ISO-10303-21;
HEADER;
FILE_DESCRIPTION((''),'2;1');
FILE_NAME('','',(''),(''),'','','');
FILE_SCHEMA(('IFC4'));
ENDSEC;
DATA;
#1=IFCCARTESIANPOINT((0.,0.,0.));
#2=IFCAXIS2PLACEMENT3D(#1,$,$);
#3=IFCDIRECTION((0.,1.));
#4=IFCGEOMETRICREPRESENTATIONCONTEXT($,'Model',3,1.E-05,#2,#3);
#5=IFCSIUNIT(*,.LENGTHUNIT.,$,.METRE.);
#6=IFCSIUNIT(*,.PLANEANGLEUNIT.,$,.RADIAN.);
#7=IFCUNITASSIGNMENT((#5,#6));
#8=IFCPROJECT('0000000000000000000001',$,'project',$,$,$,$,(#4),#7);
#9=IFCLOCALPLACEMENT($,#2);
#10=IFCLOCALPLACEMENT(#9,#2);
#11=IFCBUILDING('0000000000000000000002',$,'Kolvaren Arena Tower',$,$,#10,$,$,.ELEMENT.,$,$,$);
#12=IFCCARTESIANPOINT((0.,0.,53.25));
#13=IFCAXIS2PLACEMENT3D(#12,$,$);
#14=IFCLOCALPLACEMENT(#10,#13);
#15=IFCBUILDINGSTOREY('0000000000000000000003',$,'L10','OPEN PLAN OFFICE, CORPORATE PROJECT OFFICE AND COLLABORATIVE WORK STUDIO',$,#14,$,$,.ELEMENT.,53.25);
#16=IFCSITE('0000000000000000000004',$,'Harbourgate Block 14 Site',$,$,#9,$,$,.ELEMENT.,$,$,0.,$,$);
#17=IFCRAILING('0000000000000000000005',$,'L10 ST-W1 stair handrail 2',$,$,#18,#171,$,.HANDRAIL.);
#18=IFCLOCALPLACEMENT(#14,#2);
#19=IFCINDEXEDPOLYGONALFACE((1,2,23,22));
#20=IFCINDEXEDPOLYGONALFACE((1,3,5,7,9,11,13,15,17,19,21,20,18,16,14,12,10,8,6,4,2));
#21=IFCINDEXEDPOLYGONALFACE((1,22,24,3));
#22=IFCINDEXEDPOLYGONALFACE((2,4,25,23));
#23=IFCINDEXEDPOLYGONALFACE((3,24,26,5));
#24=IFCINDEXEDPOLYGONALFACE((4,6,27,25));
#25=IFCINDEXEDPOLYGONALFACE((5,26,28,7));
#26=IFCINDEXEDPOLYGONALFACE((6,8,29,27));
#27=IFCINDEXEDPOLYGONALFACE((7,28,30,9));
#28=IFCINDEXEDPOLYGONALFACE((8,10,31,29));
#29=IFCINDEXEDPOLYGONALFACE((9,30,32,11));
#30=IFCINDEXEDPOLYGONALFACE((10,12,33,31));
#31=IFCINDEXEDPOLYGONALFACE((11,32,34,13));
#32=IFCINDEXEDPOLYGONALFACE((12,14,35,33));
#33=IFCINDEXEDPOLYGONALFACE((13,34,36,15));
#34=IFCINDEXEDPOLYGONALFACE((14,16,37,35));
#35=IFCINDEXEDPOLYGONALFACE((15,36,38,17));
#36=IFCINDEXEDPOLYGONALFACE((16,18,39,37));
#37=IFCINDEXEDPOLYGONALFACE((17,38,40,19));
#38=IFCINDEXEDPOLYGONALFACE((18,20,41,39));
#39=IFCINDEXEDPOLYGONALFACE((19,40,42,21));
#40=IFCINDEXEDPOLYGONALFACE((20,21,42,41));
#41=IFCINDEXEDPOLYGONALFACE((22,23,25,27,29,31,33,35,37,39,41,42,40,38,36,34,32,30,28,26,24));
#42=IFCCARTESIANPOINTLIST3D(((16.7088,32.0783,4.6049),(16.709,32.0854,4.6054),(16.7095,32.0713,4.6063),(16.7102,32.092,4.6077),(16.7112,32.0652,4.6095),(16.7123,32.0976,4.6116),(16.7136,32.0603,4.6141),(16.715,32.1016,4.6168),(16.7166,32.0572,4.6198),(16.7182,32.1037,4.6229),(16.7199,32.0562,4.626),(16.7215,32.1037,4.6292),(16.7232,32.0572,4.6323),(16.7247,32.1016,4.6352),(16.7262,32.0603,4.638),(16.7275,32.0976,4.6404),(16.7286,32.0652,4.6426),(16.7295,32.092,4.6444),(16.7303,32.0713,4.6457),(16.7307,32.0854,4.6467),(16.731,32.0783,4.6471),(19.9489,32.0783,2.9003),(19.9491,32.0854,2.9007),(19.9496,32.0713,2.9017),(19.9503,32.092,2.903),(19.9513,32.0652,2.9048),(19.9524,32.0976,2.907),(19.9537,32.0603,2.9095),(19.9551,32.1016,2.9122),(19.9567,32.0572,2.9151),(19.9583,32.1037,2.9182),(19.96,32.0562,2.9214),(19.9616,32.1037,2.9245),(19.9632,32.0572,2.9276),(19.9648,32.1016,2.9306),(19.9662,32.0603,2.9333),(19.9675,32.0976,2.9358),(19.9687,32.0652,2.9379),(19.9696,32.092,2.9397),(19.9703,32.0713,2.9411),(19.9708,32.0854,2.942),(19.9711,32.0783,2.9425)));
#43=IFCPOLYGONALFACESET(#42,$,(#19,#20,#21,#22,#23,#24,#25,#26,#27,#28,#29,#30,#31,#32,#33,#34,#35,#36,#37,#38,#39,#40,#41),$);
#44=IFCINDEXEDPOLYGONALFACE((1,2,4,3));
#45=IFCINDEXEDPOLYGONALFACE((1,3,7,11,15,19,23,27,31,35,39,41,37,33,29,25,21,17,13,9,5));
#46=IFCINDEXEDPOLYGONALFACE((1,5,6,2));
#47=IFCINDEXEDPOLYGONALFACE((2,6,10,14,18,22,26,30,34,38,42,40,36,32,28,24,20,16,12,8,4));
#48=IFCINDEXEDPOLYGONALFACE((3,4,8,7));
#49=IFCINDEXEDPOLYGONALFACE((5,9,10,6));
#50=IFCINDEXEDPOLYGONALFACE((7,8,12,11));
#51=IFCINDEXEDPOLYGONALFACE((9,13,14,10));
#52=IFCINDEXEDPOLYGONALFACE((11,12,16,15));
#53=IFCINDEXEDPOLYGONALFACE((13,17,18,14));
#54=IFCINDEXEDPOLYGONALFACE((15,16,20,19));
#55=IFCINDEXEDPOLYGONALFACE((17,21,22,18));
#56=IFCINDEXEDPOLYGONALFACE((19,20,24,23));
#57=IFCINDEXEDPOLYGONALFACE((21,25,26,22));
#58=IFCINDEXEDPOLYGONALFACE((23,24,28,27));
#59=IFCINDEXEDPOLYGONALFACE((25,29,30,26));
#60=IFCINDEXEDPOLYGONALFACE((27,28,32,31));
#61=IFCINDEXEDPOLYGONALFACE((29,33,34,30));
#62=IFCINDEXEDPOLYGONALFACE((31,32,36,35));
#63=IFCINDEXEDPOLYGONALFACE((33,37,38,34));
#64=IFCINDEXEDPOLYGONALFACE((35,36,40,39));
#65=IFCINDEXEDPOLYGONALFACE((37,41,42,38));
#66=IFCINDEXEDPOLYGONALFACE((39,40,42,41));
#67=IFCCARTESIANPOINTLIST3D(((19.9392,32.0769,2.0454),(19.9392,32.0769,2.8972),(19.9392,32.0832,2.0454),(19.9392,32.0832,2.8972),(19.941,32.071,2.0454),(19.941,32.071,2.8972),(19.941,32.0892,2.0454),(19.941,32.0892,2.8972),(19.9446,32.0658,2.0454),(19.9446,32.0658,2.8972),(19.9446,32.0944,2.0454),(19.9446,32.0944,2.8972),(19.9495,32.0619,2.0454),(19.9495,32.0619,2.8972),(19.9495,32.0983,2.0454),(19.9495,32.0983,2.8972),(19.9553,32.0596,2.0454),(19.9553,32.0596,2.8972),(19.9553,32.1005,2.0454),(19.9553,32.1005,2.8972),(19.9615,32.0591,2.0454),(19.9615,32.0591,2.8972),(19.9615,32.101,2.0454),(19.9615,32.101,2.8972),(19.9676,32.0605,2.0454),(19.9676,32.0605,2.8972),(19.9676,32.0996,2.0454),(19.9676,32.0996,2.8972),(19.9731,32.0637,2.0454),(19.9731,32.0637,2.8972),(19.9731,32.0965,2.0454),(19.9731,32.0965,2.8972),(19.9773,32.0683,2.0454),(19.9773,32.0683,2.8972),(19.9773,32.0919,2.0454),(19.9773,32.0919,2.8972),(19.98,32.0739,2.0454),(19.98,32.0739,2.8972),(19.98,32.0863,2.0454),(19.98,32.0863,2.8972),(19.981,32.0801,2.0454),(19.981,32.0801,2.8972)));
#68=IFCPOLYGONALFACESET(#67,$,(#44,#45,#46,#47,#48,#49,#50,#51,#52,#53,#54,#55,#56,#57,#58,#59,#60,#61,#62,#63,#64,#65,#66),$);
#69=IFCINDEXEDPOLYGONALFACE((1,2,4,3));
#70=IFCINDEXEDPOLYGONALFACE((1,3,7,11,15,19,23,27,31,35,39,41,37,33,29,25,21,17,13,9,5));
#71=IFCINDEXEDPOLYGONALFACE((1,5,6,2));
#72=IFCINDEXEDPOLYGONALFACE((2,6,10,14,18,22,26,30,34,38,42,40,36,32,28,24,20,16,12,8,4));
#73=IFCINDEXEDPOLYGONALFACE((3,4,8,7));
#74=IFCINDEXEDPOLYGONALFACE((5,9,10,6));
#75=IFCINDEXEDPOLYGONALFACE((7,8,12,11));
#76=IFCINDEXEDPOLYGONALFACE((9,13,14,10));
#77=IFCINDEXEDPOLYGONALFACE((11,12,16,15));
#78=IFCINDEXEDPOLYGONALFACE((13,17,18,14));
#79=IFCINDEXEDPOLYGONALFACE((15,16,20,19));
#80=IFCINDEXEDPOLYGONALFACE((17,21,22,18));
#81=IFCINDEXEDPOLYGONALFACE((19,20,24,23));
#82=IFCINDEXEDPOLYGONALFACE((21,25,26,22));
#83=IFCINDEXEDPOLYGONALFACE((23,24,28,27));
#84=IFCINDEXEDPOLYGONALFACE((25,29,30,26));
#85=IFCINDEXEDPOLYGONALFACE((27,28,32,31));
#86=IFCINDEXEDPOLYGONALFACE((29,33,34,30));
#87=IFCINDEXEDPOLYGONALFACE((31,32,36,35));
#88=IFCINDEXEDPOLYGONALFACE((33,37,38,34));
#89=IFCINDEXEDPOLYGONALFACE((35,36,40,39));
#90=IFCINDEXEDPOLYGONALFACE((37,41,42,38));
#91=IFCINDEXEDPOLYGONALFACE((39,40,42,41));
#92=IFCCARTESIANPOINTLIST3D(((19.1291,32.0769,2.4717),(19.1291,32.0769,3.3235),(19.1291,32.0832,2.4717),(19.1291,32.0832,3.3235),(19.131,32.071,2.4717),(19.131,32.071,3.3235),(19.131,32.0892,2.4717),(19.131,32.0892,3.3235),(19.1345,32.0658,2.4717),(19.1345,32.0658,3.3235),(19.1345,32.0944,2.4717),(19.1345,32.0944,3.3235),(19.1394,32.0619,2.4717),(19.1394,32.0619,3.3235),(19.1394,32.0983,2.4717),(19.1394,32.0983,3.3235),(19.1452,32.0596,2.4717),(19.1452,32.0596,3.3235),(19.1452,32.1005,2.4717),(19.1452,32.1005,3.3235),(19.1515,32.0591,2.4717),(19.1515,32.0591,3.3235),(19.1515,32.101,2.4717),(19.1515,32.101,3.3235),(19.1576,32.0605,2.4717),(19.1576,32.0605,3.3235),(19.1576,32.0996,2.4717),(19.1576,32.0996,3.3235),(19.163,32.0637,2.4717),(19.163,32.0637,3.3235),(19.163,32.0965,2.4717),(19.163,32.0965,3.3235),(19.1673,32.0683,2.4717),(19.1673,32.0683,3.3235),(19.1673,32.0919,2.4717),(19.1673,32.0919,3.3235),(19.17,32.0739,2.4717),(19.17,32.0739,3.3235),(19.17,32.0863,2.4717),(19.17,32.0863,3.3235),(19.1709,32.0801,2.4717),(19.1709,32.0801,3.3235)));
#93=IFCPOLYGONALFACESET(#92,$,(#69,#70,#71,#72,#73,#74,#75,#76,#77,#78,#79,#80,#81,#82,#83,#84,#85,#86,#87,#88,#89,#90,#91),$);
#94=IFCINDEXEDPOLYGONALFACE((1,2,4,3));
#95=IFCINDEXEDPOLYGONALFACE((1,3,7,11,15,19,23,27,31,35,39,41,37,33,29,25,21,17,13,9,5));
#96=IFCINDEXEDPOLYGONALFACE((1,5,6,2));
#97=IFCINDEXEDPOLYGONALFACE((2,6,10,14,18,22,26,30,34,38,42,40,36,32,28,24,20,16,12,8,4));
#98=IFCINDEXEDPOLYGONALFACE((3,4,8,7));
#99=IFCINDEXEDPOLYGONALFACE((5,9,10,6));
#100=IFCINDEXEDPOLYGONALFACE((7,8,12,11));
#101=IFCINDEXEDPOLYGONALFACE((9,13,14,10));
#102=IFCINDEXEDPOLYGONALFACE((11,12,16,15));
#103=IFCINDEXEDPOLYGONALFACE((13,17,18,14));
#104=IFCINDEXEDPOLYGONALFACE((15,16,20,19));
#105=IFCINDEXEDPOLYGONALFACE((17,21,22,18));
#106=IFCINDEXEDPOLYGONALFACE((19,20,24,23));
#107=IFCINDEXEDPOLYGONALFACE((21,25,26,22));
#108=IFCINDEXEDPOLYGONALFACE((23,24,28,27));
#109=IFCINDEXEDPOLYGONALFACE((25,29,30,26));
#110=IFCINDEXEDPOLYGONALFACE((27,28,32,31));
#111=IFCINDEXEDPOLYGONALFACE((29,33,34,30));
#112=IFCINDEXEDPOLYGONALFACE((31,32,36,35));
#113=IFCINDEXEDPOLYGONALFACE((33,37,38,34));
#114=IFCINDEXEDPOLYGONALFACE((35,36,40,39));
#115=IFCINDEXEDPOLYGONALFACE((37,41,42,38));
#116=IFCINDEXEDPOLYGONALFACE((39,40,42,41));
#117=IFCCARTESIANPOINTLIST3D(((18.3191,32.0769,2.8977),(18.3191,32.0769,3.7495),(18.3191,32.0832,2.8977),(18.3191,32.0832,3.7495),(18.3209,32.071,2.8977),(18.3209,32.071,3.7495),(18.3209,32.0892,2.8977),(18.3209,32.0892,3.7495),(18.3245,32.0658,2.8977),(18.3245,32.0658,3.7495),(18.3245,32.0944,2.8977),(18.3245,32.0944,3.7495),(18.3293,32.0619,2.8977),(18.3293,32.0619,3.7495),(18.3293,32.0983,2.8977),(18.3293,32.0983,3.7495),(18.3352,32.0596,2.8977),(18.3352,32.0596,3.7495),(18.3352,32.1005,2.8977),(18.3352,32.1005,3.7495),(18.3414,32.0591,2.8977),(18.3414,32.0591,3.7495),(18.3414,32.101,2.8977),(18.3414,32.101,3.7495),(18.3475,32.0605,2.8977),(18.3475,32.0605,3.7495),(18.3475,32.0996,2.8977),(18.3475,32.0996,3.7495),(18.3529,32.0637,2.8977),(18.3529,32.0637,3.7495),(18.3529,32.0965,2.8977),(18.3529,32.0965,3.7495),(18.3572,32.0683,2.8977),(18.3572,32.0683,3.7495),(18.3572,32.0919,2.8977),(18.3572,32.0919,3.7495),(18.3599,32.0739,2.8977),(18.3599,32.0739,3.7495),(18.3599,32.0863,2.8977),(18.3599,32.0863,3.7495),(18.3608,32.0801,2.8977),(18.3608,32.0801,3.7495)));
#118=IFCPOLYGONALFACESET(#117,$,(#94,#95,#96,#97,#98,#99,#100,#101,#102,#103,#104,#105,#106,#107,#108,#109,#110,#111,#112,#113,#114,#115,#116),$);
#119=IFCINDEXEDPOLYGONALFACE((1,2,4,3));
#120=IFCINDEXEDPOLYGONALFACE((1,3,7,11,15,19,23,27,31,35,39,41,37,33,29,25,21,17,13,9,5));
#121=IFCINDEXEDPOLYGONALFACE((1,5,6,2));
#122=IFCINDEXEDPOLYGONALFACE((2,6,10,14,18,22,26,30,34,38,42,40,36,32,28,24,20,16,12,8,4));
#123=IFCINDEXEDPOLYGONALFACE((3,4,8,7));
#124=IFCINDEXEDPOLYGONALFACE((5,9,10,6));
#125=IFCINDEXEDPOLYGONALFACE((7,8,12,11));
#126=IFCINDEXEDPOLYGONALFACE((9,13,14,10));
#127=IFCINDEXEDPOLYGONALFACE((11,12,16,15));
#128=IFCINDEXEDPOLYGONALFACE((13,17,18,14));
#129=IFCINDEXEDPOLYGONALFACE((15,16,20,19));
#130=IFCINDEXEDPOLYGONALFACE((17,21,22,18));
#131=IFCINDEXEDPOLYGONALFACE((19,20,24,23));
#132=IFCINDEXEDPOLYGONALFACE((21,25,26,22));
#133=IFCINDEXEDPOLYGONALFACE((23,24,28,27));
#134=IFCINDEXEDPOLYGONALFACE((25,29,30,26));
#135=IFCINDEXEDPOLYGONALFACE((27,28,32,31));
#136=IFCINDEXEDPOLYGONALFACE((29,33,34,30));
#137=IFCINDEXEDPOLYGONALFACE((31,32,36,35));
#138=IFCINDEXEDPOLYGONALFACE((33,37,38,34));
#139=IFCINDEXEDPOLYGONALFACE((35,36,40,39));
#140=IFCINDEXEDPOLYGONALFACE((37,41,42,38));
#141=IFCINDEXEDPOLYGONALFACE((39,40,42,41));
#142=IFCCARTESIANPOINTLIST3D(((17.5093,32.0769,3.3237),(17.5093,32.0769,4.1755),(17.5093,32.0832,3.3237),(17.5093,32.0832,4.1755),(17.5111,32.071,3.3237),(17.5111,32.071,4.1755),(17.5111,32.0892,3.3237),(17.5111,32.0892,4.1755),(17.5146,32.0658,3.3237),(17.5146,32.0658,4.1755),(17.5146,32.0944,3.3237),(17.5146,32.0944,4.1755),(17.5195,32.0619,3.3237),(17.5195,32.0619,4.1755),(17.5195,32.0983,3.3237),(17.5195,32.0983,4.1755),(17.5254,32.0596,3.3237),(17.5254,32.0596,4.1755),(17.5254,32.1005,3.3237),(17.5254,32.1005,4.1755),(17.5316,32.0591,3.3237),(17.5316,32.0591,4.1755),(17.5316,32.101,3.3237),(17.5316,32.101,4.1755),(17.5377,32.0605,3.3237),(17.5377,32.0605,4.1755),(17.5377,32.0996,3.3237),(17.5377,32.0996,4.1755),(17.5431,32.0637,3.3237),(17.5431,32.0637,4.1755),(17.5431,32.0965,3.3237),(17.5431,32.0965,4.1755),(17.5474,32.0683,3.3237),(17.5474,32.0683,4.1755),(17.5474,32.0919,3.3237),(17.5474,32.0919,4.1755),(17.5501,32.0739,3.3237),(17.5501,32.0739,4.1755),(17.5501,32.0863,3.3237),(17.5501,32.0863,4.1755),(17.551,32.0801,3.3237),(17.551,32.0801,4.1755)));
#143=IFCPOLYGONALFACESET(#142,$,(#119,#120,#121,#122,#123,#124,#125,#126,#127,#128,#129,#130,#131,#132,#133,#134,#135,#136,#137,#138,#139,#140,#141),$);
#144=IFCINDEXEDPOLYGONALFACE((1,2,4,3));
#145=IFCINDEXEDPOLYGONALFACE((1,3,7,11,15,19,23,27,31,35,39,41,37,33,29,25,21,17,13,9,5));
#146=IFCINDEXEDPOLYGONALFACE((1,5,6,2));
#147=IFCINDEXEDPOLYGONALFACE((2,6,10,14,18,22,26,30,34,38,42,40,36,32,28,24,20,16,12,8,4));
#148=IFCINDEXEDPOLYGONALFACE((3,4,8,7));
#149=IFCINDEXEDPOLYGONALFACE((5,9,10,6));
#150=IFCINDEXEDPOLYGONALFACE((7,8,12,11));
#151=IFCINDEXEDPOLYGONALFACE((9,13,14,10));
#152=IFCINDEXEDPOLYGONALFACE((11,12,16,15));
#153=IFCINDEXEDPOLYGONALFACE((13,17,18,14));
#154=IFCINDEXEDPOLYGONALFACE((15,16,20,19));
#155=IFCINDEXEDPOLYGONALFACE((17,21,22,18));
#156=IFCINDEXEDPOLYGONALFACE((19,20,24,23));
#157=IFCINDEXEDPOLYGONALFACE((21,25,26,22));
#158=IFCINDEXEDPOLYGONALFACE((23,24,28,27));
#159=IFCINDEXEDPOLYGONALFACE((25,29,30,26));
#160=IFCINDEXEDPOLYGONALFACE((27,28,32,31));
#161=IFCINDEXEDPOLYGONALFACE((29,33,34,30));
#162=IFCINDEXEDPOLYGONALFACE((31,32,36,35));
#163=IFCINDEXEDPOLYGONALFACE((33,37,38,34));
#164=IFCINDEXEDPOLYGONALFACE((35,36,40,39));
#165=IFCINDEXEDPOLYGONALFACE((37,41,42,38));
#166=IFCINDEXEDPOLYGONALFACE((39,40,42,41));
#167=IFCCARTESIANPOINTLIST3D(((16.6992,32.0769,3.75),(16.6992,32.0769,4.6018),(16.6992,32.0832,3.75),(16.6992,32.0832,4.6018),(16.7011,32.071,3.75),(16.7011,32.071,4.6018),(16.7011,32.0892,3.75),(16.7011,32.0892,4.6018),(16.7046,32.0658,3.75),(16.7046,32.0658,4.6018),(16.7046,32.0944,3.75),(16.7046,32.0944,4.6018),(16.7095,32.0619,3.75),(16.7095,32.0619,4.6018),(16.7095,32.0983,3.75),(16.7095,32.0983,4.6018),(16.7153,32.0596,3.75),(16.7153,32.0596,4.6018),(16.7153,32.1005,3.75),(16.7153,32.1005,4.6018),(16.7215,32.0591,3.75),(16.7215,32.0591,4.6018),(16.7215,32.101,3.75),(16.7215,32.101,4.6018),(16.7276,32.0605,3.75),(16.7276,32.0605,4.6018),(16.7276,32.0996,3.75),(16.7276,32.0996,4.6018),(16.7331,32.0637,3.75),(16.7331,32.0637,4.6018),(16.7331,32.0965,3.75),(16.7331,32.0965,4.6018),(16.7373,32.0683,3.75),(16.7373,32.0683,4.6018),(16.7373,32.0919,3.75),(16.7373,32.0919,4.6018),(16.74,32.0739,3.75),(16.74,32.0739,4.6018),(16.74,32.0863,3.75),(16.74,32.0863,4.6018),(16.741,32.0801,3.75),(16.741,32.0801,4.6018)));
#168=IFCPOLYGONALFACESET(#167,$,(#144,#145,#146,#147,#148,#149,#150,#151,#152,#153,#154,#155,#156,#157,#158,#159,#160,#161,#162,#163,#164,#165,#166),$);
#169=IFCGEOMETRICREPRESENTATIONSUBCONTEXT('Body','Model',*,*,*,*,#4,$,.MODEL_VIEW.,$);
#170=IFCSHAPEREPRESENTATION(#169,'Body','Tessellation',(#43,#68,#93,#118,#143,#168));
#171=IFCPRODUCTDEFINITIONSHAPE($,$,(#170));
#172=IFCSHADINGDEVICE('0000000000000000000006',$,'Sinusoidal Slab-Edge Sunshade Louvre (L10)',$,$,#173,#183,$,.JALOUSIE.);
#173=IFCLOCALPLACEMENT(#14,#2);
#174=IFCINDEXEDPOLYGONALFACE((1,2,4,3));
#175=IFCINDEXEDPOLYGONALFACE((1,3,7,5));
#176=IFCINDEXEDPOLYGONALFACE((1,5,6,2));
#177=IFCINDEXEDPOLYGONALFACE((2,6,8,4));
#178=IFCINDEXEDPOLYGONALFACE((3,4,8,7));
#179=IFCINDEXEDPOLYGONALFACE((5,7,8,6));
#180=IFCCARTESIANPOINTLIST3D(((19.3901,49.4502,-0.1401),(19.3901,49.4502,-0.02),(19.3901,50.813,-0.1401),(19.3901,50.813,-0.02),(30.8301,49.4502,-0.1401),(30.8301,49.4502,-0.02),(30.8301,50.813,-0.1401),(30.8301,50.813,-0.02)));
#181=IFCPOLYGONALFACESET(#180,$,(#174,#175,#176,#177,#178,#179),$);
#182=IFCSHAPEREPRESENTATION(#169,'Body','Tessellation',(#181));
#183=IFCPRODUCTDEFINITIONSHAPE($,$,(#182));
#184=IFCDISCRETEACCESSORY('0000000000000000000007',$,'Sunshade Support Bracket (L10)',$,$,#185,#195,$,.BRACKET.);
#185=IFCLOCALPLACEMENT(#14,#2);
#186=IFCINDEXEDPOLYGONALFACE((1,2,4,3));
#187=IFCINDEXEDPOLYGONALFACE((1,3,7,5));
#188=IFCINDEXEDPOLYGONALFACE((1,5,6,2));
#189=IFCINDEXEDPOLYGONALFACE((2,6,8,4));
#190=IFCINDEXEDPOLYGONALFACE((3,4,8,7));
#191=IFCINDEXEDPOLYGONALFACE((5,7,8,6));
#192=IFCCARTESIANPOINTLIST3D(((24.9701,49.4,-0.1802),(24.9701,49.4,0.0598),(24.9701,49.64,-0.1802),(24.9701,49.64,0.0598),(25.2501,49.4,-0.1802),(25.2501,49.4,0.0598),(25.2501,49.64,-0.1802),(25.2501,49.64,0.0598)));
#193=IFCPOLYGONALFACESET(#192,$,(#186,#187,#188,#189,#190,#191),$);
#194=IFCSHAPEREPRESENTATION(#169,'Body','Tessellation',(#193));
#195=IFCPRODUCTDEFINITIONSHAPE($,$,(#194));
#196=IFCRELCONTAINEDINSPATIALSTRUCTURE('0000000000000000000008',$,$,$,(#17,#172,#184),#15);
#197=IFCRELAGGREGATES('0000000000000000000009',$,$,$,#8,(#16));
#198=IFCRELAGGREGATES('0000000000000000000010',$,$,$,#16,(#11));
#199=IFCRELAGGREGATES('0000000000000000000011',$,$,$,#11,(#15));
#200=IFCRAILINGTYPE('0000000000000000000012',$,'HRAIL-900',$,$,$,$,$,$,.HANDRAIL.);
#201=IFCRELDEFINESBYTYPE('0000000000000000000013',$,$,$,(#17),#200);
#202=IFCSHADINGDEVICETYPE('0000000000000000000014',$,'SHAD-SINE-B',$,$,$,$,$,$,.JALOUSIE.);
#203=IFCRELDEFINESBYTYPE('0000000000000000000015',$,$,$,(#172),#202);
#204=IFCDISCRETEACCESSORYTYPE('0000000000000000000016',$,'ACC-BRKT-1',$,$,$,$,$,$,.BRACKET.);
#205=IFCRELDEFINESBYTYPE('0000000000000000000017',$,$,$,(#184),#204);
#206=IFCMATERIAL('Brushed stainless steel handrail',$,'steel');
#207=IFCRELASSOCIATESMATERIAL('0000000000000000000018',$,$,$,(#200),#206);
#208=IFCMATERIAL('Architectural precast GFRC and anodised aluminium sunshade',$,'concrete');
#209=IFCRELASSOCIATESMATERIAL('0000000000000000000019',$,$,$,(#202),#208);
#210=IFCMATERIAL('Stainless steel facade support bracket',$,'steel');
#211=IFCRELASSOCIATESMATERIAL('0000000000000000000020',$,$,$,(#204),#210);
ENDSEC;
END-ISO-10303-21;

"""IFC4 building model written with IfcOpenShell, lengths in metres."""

from ifc_helpers import new_model, si_unit, direction, frame, origin, origin_2d, place, context, subcontext, project, spatial, rectangle, circle, extrude, material, type_object, element, save


model = new_model("IFC4")

# Units and contexts
model_context = context("Model", 3, precision=1e-05, world=origin(), true_north=direction((0.0, 1.0)))
body_context = subcontext(model_context, "Body", "Model", "MODEL_VIEW")
ifc_project = project(units=[si_unit("LENGTHUNIT", "METRE"), si_unit("PLANEANGLEUNIT", "RADIAN")], contexts=[model_context])

# Site, building, storey
site_placement = place(None, origin())
site = spatial("IfcSite", under=ifc_project, at=site_placement, Name="Harbourgate Block 14 Site", CompositionType="ELEMENT", RefElevation=0.0)
building_placement = place(site_placement, origin())
building = spatial("IfcBuilding", under=site, at=building_placement, Name="Kolvaren Arena Tower", CompositionType="ELEMENT")
storey_placement = place(building_placement, frame((0.0, 0.0, 53.25)))
storey = spatial("IfcBuildingStorey", under=building, at=storey_placement, Name="L10", Description="OPEN PLAN OFFICE, CORPORATE PROJECT OFFICE AND COLLABORATIVE WORK STUDIO", CompositionType="ELEMENT", Elevation=53.25)

# Railing
ifc_material_1 = material(Name="Brushed stainless steel handrail", Category="steel")
railing_type = type_object("IfcRailingType", Name="HRAIL-900", PredefinedType="HANDRAIL", material=ifc_material_1)
railing_placement = place(storey_placement, frame((19.96, 32.0801, 2.0454)))
element("IfcRailing", 1, at=railing_placement, inside=storey, type_object=railing_type, Name="L10 ST-W1 stair handrail 2", PredefinedType="HANDRAIL", context=body_context, shape_type="SweptSolid", body=[
    extrude(circle(Radius=0.0239, at=origin_2d()), frame((0.0, 0.0, 0.876), z_axis=(-0.884993, 0.0, 0.465604), x_axis=(0.0, -1.0, 0.0)), (0.0, 0.0, 1.0), 3.6611),
    extrude(circle(Radius=0.021, at=origin_2d()), origin(), (0.0, 0.0, 1.0), 0.8518),
    extrude(circle(Radius=0.021, at=origin_2d()), frame((-0.8101, 0.0, 0.4263)), (0.0, 0.0, 1.0), 0.8518),
    extrude(circle(Radius=0.021, at=origin_2d()), frame((-1.6201, 0.0, 0.8523)), (0.0, 0.0, 1.0), 0.8518),
    extrude(circle(Radius=0.021, at=origin_2d()), frame((-2.4299, 0.0, 1.2783)), (0.0, 0.0, 1.0), 0.8518),
    extrude(circle(Radius=0.021, at=origin_2d()), frame((-3.24, 0.0, 1.7046)), (0.0, 0.0, 1.0), 0.8518),
])

# Shading device
ifc_material_2 = material(Name="Architectural precast GFRC and anodised aluminium sunshade", Category="concrete")
shading_device_type = type_object("IfcShadingDeviceType", Name="SHAD-SINE-B", PredefinedType="JALOUSIE", material=ifc_material_2)
shading_device_placement = place(storey_placement, frame((25.1101, 50.1316, -0.1401), z_axis=(0.0, 0.0, 1.0), x_axis=(1.0, 0.0, 0.0)))
element("IfcShadingDevice", 2, at=shading_device_placement, inside=storey, type_object=shading_device_type, Name="Sinusoidal Slab-Edge Sunshade Louvre (L10)", PredefinedType="JALOUSIE", context=body_context, shape_type="SweptSolid", body=[
    extrude(rectangle(XDim=11.4399, YDim=1.3628, at=origin_2d()), origin(), (0.0, 0.0, 1.0), 0.1201),
])

# Discrete accessory
ifc_material_3 = material(Name="Stainless steel facade support bracket", Category="steel")
discrete_accessory_type = type_object("IfcDiscreteAccessoryType", Name="ACC-BRKT-1", PredefinedType="BRACKET", material=ifc_material_3)
discrete_accessory_placement = place(storey_placement, frame((25.1101, 49.52, -0.1802), z_axis=(0.0, 0.0, 1.0), x_axis=(1.0, 0.0, 0.0)))
element("IfcDiscreteAccessory", 3, at=discrete_accessory_placement, inside=storey, type_object=discrete_accessory_type, Name="Sunshade Support Bracket (L10)", PredefinedType="BRACKET", context=body_context, shape_type="SweptSolid", body=[
    extrude(rectangle(XDim=0.28, YDim=0.24, at=origin_2d()), origin(), (0.0, 0.0, 1.0), 0.24),
])

save(model, "model.ifc")
